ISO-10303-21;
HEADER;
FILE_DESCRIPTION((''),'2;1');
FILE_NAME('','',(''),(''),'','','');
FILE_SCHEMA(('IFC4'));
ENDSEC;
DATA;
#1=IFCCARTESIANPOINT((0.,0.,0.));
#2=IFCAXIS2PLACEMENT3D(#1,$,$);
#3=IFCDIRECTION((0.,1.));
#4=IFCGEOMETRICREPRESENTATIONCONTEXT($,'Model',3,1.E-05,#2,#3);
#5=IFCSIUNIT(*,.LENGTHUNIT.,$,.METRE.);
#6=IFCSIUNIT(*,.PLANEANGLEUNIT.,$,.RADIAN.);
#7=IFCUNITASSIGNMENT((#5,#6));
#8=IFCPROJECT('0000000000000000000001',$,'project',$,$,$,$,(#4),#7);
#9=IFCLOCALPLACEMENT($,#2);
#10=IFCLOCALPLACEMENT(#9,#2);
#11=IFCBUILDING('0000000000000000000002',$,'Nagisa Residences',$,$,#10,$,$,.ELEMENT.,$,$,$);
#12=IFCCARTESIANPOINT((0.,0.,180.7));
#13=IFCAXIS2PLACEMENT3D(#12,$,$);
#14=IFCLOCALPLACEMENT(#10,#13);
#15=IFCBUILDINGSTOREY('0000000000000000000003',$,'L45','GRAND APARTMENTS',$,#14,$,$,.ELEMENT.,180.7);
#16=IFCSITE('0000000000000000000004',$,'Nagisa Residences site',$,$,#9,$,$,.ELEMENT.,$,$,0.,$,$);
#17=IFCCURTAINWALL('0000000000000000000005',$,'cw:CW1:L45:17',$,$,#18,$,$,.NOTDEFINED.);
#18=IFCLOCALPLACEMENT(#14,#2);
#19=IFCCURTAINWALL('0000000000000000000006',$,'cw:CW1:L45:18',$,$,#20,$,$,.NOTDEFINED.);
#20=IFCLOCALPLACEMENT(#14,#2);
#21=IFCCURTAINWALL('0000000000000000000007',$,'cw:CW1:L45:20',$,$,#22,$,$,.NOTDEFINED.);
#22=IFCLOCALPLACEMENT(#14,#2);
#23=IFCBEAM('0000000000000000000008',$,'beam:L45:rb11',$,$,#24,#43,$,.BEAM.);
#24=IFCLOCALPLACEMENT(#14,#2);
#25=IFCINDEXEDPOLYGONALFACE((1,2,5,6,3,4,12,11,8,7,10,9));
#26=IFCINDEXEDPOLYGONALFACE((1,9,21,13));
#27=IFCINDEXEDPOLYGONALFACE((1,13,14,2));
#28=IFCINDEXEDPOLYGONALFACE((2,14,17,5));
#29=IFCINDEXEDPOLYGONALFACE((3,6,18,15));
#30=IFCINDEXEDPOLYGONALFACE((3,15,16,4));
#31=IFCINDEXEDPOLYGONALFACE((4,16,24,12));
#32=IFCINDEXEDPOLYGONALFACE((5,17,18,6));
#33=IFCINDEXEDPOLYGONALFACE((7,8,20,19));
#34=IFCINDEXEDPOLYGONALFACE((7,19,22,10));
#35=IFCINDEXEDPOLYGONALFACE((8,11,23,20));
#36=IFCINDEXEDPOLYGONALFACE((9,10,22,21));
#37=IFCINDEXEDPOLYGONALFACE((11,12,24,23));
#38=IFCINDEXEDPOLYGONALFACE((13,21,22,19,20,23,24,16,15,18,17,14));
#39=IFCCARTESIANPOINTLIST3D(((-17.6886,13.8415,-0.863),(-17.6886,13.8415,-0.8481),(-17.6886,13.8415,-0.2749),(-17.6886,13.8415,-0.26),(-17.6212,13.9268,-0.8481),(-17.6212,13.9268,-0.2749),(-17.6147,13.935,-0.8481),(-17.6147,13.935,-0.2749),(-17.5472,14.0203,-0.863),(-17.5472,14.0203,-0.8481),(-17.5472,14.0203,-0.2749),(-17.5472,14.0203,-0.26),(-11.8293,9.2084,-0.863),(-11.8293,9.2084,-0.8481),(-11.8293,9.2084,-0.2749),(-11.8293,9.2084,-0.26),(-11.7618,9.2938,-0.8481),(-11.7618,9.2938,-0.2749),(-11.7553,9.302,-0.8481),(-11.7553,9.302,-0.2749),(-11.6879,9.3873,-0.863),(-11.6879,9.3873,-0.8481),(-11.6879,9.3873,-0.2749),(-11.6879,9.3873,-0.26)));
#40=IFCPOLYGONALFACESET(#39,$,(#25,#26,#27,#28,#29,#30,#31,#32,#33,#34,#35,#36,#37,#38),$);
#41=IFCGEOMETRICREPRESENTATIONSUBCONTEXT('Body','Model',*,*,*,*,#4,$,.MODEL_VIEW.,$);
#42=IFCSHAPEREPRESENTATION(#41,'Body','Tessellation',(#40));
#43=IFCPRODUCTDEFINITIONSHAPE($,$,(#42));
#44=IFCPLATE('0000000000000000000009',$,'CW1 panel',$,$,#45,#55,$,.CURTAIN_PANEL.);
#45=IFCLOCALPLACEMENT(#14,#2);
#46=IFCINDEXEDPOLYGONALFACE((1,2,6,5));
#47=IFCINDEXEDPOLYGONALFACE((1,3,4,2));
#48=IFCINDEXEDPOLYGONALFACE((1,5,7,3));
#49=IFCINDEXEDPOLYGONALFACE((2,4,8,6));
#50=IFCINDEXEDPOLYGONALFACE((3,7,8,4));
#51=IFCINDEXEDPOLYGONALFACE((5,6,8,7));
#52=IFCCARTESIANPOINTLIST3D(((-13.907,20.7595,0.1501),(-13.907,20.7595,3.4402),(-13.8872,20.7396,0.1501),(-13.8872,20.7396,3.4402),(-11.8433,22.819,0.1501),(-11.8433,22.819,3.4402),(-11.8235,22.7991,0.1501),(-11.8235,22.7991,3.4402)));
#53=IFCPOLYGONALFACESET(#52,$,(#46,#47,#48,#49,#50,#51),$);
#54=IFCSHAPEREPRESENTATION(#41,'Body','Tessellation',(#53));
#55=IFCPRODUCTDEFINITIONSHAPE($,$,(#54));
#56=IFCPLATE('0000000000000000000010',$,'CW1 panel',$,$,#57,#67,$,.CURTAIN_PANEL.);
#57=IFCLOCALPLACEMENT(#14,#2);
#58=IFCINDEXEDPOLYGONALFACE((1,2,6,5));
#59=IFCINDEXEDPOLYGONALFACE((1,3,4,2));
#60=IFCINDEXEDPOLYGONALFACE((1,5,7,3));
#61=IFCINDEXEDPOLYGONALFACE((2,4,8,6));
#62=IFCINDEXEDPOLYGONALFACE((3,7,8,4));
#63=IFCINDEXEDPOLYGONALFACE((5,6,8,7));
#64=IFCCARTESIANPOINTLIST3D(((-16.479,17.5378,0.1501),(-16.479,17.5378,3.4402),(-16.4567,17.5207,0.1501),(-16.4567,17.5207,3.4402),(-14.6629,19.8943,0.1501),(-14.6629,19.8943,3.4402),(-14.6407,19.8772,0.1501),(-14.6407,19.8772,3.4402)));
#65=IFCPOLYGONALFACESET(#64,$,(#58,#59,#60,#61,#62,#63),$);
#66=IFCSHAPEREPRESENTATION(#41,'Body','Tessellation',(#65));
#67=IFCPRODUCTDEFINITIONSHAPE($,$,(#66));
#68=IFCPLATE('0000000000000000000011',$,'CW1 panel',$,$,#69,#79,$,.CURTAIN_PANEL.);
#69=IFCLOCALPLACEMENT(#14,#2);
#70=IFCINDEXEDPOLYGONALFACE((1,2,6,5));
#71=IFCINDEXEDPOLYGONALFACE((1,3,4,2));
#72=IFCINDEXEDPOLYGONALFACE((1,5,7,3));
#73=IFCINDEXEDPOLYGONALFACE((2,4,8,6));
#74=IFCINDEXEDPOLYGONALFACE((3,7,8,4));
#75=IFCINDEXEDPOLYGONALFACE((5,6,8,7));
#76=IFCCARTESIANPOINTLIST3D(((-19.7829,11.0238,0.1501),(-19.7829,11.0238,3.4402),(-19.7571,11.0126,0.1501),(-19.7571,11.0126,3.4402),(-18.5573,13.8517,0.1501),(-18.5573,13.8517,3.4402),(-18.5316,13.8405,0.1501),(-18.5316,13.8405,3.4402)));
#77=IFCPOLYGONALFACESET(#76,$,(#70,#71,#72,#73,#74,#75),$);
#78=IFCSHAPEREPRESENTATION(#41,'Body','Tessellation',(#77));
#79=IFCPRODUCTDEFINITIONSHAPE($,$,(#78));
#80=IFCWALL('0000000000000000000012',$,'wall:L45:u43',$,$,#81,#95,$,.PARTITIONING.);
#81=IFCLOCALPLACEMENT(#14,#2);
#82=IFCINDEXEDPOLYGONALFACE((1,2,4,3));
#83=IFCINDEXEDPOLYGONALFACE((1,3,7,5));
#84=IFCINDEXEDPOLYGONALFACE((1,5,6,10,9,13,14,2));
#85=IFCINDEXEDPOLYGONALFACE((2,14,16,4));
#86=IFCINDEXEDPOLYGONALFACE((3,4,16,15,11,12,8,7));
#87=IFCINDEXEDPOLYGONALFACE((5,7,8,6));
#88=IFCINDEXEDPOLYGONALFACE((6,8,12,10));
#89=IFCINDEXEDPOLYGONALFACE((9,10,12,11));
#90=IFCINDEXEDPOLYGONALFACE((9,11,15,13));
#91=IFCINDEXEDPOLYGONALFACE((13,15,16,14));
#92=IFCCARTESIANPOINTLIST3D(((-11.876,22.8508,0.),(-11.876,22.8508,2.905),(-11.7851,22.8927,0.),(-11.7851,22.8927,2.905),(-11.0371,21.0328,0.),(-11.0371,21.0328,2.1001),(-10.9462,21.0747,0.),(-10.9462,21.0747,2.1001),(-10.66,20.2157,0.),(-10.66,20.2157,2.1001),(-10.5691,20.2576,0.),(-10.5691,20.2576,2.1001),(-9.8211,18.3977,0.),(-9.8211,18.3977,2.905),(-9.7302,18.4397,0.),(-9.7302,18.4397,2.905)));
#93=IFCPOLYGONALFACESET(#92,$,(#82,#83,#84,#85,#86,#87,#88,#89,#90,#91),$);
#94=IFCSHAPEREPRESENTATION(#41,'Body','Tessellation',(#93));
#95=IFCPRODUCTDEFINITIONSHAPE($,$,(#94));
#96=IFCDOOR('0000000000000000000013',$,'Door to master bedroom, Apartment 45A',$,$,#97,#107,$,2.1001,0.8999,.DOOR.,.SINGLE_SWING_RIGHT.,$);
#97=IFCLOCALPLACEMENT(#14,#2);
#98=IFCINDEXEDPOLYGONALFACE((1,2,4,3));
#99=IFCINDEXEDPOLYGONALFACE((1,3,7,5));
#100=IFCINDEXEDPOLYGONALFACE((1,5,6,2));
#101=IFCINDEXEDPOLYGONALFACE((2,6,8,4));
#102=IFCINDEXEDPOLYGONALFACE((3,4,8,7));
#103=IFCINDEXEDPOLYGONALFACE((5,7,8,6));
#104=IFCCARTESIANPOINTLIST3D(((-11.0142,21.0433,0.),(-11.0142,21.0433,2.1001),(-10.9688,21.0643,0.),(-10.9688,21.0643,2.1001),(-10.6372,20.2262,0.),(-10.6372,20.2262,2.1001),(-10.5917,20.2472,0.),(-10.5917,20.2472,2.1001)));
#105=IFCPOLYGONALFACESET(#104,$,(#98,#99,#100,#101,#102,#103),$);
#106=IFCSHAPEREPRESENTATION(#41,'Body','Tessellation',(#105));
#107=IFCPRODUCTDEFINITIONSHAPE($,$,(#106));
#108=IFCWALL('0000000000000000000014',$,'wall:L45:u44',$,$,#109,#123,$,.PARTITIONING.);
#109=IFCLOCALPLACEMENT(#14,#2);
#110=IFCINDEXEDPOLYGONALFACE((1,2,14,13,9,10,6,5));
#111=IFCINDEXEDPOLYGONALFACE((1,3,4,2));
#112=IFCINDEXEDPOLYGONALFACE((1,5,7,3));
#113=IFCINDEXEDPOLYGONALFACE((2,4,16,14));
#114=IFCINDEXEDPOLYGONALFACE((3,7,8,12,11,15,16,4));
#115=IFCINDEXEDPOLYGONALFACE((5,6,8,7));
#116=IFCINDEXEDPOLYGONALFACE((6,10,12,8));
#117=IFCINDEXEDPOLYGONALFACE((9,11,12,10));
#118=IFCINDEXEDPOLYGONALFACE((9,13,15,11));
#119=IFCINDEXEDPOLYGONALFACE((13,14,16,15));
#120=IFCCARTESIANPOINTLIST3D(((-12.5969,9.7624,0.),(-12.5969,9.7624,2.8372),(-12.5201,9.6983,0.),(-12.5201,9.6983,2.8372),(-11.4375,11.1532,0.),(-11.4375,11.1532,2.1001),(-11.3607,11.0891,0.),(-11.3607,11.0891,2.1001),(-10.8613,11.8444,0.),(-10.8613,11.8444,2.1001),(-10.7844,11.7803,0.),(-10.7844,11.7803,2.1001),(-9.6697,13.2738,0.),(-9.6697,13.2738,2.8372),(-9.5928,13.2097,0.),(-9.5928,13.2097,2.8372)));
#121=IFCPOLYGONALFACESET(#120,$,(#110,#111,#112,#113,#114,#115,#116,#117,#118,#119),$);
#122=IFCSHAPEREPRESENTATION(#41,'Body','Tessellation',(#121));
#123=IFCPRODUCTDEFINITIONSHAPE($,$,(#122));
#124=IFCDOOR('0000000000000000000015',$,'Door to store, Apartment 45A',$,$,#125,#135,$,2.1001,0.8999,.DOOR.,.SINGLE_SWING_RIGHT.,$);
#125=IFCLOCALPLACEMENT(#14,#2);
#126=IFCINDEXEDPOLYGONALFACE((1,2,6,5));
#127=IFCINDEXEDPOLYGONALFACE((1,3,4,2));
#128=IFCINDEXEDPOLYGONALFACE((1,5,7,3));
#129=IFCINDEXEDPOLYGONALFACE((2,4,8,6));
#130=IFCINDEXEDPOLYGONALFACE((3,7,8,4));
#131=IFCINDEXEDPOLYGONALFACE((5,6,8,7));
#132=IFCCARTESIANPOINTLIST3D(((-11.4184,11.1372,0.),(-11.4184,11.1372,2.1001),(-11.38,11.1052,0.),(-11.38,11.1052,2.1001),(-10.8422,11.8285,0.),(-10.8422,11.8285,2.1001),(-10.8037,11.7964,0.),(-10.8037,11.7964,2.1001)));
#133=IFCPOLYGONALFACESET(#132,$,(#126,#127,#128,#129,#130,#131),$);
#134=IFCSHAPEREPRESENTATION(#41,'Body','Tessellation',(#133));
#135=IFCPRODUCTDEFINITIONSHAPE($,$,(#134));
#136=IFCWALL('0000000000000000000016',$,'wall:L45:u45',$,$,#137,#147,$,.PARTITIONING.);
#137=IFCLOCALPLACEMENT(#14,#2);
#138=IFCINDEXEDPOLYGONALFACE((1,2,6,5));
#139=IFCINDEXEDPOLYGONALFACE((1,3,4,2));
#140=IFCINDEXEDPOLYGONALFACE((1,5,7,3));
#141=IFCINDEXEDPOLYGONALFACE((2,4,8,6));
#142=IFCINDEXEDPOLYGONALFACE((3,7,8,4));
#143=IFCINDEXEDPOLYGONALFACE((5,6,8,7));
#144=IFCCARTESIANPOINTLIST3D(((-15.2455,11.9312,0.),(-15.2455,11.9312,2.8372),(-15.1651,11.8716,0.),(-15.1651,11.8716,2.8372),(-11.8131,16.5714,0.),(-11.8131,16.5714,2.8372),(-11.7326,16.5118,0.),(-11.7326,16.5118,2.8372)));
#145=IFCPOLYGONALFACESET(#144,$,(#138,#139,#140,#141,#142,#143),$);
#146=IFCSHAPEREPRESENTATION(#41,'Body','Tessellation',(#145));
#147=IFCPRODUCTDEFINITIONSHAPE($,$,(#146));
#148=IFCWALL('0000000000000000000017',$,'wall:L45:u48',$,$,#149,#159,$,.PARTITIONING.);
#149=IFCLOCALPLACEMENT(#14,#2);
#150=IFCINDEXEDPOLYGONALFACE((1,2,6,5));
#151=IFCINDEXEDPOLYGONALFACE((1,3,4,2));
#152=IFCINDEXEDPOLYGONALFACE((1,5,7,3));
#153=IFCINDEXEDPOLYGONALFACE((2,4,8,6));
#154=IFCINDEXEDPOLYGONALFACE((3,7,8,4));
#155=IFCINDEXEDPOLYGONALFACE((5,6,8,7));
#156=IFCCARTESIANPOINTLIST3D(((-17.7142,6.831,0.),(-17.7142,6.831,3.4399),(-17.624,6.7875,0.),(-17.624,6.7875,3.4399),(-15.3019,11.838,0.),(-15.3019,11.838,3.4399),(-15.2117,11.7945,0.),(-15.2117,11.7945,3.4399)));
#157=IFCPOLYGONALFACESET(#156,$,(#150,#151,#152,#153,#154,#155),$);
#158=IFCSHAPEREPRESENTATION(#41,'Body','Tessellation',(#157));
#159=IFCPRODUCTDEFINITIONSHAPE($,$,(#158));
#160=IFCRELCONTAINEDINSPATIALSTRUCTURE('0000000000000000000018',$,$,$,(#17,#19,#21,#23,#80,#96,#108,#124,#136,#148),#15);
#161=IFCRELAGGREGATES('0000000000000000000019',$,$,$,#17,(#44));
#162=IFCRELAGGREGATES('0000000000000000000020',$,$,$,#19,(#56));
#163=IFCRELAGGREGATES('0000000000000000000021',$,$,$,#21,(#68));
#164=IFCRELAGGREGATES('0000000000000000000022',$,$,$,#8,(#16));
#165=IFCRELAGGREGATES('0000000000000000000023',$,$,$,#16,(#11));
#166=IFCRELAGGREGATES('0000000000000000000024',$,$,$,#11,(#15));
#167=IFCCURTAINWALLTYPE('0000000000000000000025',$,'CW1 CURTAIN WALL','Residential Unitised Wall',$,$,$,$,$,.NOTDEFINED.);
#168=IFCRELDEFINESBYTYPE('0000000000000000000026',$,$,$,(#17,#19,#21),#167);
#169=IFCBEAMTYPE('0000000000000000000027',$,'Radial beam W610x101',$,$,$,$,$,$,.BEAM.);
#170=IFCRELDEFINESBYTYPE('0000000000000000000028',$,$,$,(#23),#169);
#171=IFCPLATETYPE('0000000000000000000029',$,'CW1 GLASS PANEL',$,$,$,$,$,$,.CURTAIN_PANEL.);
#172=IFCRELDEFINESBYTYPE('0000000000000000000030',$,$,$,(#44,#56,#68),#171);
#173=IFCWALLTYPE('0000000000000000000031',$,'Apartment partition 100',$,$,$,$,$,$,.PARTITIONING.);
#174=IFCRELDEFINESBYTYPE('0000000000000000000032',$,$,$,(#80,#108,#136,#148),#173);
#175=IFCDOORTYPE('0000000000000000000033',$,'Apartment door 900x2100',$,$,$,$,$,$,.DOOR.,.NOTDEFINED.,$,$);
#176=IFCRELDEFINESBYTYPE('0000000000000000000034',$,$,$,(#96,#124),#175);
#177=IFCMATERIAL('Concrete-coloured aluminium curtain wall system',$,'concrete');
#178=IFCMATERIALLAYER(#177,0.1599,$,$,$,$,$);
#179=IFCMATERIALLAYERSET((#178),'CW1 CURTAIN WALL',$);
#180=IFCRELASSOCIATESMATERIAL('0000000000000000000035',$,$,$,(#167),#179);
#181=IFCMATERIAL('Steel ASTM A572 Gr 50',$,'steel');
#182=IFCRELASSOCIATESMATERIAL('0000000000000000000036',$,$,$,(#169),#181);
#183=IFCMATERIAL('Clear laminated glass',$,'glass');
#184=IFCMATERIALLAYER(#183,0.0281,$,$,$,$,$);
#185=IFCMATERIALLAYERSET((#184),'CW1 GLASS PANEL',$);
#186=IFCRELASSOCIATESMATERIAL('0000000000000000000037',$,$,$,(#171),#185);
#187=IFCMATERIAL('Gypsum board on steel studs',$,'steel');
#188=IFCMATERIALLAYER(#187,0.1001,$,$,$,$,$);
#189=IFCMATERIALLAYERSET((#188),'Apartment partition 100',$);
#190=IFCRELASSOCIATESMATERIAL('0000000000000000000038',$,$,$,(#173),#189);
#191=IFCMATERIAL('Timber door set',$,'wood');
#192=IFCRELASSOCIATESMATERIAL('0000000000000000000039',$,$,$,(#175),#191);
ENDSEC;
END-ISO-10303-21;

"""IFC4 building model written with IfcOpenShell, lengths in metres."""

from ifc_helpers import new_model, si_unit, direction, frame, frame_2d, origin, origin_2d, place, context, subcontext, project, spatial, rectangle, i_section, extrude, material, layer, layer_set, material_profile, profile_set, type_object, element, fill, aggregate, save


model = new_model("IFC4")

# Units and contexts
model_context = context("Model", 3, precision=1e-05, world=origin(), true_north=direction((0.0, 1.0)))
body_context = subcontext(model_context, "Body", "Model", "MODEL_VIEW")
ifc_project = project(units=[si_unit("LENGTHUNIT", "METRE"), si_unit("PLANEANGLEUNIT", "RADIAN")], contexts=[model_context])

# Site, building, storey
site_placement = place(None, origin())
site = spatial("IfcSite", under=ifc_project, at=site_placement, Name="Nagisa Residences site", CompositionType="ELEMENT", RefElevation=0.0)
building_placement = place(site_placement, origin())
building = spatial("IfcBuilding", under=site, at=building_placement, Name="Nagisa Residences", CompositionType="ELEMENT")
storey_placement = place(building_placement, frame((0.0, 0.0, 180.7)))
storey = spatial("IfcBuildingStorey", under=building, at=storey_placement, Name="L45", Description="GRAND APARTMENTS", CompositionType="ELEMENT", Elevation=180.7)

# Curtain walls
ifc_material_1 = material(Name="Concrete-coloured aluminium curtain wall system", Category="concrete")
ifc_layer_1 = layer(ifc_material_1, 0.1599)
ifc_layer_set_1 = layer_set([ifc_layer_1], Name="CW1 CURTAIN WALL")
curtain_wall_type = type_object("IfcCurtainWallType", Name="CW1 CURTAIN WALL", Description="Residential Unitised Wall", PredefinedType="NOTDEFINED", material=ifc_layer_set_1)
curtain_wall_1_placement = place(storey_placement, origin())
curtain_wall_1 = element("IfcCurtainWall", 1, at=curtain_wall_1_placement, inside=storey, type_object=curtain_wall_type, Name="cw:CW1:L45:17", PredefinedType="NOTDEFINED")
curtain_wall_2_placement = place(storey_placement, origin())
curtain_wall_2 = element("IfcCurtainWall", 2, at=curtain_wall_2_placement, inside=storey, type_object=curtain_wall_type, Name="cw:CW1:L45:18", PredefinedType="NOTDEFINED")
curtain_wall_3_placement = place(storey_placement, origin())
curtain_wall_3 = element("IfcCurtainWall", 3, at=curtain_wall_3_placement, inside=storey, type_object=curtain_wall_type, Name="cw:CW1:L45:20", PredefinedType="NOTDEFINED")

# Beam
ifc_material_2 = material(Name="Steel ASTM A572 Gr 50", Category="steel")
ifc_material_profile_1 = material_profile(ifc_material_2, i_section(OverallWidth=0.228, OverallDepth=0.603, WebThickness=0.0105, FlangeThickness=0.0149, at=origin_2d()), Name="W610x101")
ifc_profile_set_1 = profile_set([ifc_material_profile_1], Name="Steel ASTM A572 Gr 50")
beam_type_1 = type_object("IfcBeamType", Name="Radial beam W610x101", PredefinedType="BEAM", material=ifc_profile_set_1)
beam_1_placement = place(storey_placement, frame((-17.6179, 13.9309, -0.5615), z_axis=(0.784412, -0.620241, 0.0), x_axis=(0.620241, 0.784412, 0.0)))
element("IfcBeam", 4, at=beam_1_placement, inside=storey, type_object=beam_type_1, Name="beam:L45:rb11", PredefinedType="BEAM", context=body_context, shape_type="SweptSolid", body=[
    extrude(i_section(OverallWidth=0.228, OverallDepth=0.603, WebThickness=0.0105, FlangeThickness=0.0149, at=origin_2d()), origin(), (0.0, 0.0, 1.0), 7.4697),
])

# Plates
ifc_material_3 = material(Name="Clear laminated glass", Category="glass")
ifc_layer_2 = layer(ifc_material_3, 0.0281)
ifc_layer_set_2 = layer_set([ifc_layer_2], Name="CW1 GLASS PANEL")
plate_type = type_object("IfcPlateType", Name="CW1 GLASS PANEL", PredefinedType="CURTAIN_PANEL", material=ifc_layer_set_2)
plate_1_placement = place(storey_placement, frame((-12.8652, 21.7793, 0.1501), z_axis=(0.0, 0.0, 1.0), x_axis=(-0.707836, -0.706377, 0.0)))
plate_1 = element("IfcPlate", 5, at=plate_1_placement, type_object=plate_type, Name="CW1 panel", PredefinedType="CURTAIN_PANEL", context=body_context, shape_type="SweptSolid", body=[
    extrude(rectangle(XDim=2.9155, YDim=0.0281, at=origin_2d()), origin(), (0.0, 0.0, 1.0), 3.29),
])
aggregate(curtain_wall_1, [plate_1])
plate_2_placement = place(storey_placement, frame((-15.5598, 18.7075, 0.1501), z_axis=(0.0, 0.0, 1.0), x_axis=(-0.61043, -0.79207, 0.0)))
plate_2 = element("IfcPlate", 6, at=plate_2_placement, type_object=plate_type, Name="CW1 panel", PredefinedType="CURTAIN_PANEL", context=body_context, shape_type="SweptSolid", body=[
    extrude(rectangle(XDim=2.9751, YDim=0.0281, at=origin_2d()), origin(), (0.0, 0.0, 1.0), 3.29),
])
aggregate(curtain_wall_2, [plate_2])
plate_3_placement = place(storey_placement, frame((-19.1572, 12.4321, 0.1501), z_axis=(0.0, 0.0, 1.0), x_axis=(-0.397636, -0.917543, 0.0)))
plate_3 = element("IfcPlate", 7, at=plate_3_placement, type_object=plate_type, Name="CW1 panel", PredefinedType="CURTAIN_PANEL", context=body_context, shape_type="SweptSolid", body=[
    extrude(rectangle(XDim=3.082, YDim=0.0281, at=origin_2d()), origin(), (0.0, 0.0, 1.0), 3.29),
])
aggregate(curtain_wall_3, [plate_3])

# Walls, openings, doors
ifc_material_4 = material(Name="Gypsum board on steel studs", Category="steel")
ifc_layer_3 = layer(ifc_material_4, 0.1001)
ifc_layer_set_3 = layer_set([ifc_layer_3], Name="Apartment partition 100")
wall_type_1 = type_object("IfcWallType", Name="Apartment partition 100", PredefinedType="PARTITIONING", material=ifc_layer_set_3)
wall_1_placement = place(storey_placement, frame((-9.7756, 18.4187, 0.0), z_axis=(0.0, 0.0, 1.0), x_axis=(-0.418998, 0.907987, 0.0)))
wall_1 = element("IfcWall", 8, at=wall_1_placement, inside=storey, type_object=wall_type_1, Name="wall:L45:u43", PredefinedType="PARTITIONING", context=body_context, shape_type="SweptSolid", body=[
    extrude(rectangle(XDim=4.9043, YDim=0.1001, at=frame_2d((2.4521, 0.0))), origin(), (0.0, 0.0, 1.0), 2.905),
])
opening_1_placement = place(wall_1_placement, frame((2.0022, 0.0, 0.0)))
opening_1 = element("IfcOpeningElement", 9, at=opening_1_placement, cuts=wall_1, PredefinedType="OPENING", context=body_context, shape_type="SweptSolid", body=[
    extrude(rectangle(XDim=0.8999, YDim=2.1001, at=frame_2d((0.45, 1.05))), frame((0.0, 0.0601, 0.0), z_axis=(0.0, -1.0, 0.0), x_axis=(1.0, 0.0, 0.0)), (0.0, 0.0, 1.0), 0.1201),
])
ifc_material_5 = material(Name="Timber door set", Category="wood")
door_type_1 = type_object("IfcDoorType", Name="Apartment door 900x2100", OperationType="NOTDEFINED", PredefinedType="DOOR", material=ifc_material_5)
door_1_placement = place(opening_1_placement, origin())
door_1 = element("IfcDoor", 10, at=door_1_placement, inside=storey, type_object=door_type_1, Name="Door to master bedroom, Apartment 45A", OperationType="SINGLE_SWING_RIGHT", OverallHeight=2.1001, OverallWidth=0.8999, PredefinedType="DOOR", context=body_context, shape_type="SweptSolid", body=[
    extrude(rectangle(XDim=0.8999, YDim=2.1001, at=frame_2d((0.45, 1.05))), frame((0.0, 0.0249, 0.0), z_axis=(0.0, -1.0, 0.0), x_axis=(1.0, 0.0, 0.0)), (0.0, 0.0, 1.0), 0.05),
])
fill(opening_1, door_1)
wall_2_placement = place(storey_placement, frame((-9.6313, 13.2417, 0.0), z_axis=(0.0, 0.0, 1.0), x_axis=(-0.640316, -0.768112, 0.0)))
wall_2 = element("IfcWall", 11, at=wall_2_placement, inside=storey, type_object=wall_type_1, Name="wall:L45:u44", PredefinedType="PARTITIONING", context=body_context, shape_type="SweptSolid", body=[
    extrude(rectangle(XDim=4.5715, YDim=0.1001, at=frame_2d((2.2856, 0.0))), origin(), (0.0, 0.0, 1.0), 2.8372),
])
opening_2_placement = place(wall_2_placement, frame((1.8608, 0.0, 0.0)))
opening_2 = element("IfcOpeningElement", 12, at=opening_2_placement, cuts=wall_2, PredefinedType="OPENING", context=body_context, shape_type="SweptSolid", body=[
    extrude(rectangle(XDim=0.8999, YDim=2.1001, at=frame_2d((0.45, 1.05))), frame((0.0, 0.0601, 0.0), z_axis=(0.0, -1.0, 0.0), x_axis=(1.0, 0.0, 0.0)), (0.0, 0.0, 1.0), 0.1201),
])
door_2_placement = place(opening_2_placement, origin())
door_2 = element("IfcDoor", 13, at=door_2_placement, inside=storey, type_object=door_type_1, Name="Door to store, Apartment 45A", OperationType="SINGLE_SWING_RIGHT", OverallHeight=2.1001, OverallWidth=0.8999, PredefinedType="DOOR", context=body_context, shape_type="SweptSolid", body=[
    extrude(rectangle(XDim=0.8999, YDim=2.1001, at=frame_2d((0.45, 1.05))), frame((0.0, 0.0249, 0.0), z_axis=(0.0, -1.0, 0.0), x_axis=(1.0, 0.0, 0.0)), (0.0, 0.0, 1.0), 0.05),
])
fill(opening_2, door_2)

# Walls
wall_3_placement = place(storey_placement, frame((-11.7729, 16.5415, 0.0), z_axis=(0.0, 0.0, 1.0), x_axis=(-0.594694, -0.803952, 0.0)))
element("IfcWall", 14, at=wall_3_placement, inside=storey, type_object=wall_type_1, Name="wall:L45:u45", PredefinedType="PARTITIONING", context=body_context, shape_type="SweptSolid", body=[
    extrude(rectangle(XDim=5.7717, YDim=0.1001, at=frame_2d((2.8857, 0.0))), origin(), (0.0, 0.0, 1.0), 2.8372),
])
wall_4_placement = place(storey_placement, frame((-15.2568, 11.8162, 0.0), z_axis=(0.0, 0.0, 1.0), x_axis=(-0.43404, -0.900894, 0.0)))
element("IfcWall", 15, at=wall_4_placement, inside=storey, type_object=wall_type_1, Name="wall:L45:u48", PredefinedType="PARTITIONING", context=body_context, shape_type="SweptSolid", body=[
    extrude(rectangle(XDim=5.5579, YDim=0.1001, at=frame_2d((2.7788, 0.0))), origin(), (0.0, 0.0, 1.0), 3.4399),
])

save(model, "model.ifc")
